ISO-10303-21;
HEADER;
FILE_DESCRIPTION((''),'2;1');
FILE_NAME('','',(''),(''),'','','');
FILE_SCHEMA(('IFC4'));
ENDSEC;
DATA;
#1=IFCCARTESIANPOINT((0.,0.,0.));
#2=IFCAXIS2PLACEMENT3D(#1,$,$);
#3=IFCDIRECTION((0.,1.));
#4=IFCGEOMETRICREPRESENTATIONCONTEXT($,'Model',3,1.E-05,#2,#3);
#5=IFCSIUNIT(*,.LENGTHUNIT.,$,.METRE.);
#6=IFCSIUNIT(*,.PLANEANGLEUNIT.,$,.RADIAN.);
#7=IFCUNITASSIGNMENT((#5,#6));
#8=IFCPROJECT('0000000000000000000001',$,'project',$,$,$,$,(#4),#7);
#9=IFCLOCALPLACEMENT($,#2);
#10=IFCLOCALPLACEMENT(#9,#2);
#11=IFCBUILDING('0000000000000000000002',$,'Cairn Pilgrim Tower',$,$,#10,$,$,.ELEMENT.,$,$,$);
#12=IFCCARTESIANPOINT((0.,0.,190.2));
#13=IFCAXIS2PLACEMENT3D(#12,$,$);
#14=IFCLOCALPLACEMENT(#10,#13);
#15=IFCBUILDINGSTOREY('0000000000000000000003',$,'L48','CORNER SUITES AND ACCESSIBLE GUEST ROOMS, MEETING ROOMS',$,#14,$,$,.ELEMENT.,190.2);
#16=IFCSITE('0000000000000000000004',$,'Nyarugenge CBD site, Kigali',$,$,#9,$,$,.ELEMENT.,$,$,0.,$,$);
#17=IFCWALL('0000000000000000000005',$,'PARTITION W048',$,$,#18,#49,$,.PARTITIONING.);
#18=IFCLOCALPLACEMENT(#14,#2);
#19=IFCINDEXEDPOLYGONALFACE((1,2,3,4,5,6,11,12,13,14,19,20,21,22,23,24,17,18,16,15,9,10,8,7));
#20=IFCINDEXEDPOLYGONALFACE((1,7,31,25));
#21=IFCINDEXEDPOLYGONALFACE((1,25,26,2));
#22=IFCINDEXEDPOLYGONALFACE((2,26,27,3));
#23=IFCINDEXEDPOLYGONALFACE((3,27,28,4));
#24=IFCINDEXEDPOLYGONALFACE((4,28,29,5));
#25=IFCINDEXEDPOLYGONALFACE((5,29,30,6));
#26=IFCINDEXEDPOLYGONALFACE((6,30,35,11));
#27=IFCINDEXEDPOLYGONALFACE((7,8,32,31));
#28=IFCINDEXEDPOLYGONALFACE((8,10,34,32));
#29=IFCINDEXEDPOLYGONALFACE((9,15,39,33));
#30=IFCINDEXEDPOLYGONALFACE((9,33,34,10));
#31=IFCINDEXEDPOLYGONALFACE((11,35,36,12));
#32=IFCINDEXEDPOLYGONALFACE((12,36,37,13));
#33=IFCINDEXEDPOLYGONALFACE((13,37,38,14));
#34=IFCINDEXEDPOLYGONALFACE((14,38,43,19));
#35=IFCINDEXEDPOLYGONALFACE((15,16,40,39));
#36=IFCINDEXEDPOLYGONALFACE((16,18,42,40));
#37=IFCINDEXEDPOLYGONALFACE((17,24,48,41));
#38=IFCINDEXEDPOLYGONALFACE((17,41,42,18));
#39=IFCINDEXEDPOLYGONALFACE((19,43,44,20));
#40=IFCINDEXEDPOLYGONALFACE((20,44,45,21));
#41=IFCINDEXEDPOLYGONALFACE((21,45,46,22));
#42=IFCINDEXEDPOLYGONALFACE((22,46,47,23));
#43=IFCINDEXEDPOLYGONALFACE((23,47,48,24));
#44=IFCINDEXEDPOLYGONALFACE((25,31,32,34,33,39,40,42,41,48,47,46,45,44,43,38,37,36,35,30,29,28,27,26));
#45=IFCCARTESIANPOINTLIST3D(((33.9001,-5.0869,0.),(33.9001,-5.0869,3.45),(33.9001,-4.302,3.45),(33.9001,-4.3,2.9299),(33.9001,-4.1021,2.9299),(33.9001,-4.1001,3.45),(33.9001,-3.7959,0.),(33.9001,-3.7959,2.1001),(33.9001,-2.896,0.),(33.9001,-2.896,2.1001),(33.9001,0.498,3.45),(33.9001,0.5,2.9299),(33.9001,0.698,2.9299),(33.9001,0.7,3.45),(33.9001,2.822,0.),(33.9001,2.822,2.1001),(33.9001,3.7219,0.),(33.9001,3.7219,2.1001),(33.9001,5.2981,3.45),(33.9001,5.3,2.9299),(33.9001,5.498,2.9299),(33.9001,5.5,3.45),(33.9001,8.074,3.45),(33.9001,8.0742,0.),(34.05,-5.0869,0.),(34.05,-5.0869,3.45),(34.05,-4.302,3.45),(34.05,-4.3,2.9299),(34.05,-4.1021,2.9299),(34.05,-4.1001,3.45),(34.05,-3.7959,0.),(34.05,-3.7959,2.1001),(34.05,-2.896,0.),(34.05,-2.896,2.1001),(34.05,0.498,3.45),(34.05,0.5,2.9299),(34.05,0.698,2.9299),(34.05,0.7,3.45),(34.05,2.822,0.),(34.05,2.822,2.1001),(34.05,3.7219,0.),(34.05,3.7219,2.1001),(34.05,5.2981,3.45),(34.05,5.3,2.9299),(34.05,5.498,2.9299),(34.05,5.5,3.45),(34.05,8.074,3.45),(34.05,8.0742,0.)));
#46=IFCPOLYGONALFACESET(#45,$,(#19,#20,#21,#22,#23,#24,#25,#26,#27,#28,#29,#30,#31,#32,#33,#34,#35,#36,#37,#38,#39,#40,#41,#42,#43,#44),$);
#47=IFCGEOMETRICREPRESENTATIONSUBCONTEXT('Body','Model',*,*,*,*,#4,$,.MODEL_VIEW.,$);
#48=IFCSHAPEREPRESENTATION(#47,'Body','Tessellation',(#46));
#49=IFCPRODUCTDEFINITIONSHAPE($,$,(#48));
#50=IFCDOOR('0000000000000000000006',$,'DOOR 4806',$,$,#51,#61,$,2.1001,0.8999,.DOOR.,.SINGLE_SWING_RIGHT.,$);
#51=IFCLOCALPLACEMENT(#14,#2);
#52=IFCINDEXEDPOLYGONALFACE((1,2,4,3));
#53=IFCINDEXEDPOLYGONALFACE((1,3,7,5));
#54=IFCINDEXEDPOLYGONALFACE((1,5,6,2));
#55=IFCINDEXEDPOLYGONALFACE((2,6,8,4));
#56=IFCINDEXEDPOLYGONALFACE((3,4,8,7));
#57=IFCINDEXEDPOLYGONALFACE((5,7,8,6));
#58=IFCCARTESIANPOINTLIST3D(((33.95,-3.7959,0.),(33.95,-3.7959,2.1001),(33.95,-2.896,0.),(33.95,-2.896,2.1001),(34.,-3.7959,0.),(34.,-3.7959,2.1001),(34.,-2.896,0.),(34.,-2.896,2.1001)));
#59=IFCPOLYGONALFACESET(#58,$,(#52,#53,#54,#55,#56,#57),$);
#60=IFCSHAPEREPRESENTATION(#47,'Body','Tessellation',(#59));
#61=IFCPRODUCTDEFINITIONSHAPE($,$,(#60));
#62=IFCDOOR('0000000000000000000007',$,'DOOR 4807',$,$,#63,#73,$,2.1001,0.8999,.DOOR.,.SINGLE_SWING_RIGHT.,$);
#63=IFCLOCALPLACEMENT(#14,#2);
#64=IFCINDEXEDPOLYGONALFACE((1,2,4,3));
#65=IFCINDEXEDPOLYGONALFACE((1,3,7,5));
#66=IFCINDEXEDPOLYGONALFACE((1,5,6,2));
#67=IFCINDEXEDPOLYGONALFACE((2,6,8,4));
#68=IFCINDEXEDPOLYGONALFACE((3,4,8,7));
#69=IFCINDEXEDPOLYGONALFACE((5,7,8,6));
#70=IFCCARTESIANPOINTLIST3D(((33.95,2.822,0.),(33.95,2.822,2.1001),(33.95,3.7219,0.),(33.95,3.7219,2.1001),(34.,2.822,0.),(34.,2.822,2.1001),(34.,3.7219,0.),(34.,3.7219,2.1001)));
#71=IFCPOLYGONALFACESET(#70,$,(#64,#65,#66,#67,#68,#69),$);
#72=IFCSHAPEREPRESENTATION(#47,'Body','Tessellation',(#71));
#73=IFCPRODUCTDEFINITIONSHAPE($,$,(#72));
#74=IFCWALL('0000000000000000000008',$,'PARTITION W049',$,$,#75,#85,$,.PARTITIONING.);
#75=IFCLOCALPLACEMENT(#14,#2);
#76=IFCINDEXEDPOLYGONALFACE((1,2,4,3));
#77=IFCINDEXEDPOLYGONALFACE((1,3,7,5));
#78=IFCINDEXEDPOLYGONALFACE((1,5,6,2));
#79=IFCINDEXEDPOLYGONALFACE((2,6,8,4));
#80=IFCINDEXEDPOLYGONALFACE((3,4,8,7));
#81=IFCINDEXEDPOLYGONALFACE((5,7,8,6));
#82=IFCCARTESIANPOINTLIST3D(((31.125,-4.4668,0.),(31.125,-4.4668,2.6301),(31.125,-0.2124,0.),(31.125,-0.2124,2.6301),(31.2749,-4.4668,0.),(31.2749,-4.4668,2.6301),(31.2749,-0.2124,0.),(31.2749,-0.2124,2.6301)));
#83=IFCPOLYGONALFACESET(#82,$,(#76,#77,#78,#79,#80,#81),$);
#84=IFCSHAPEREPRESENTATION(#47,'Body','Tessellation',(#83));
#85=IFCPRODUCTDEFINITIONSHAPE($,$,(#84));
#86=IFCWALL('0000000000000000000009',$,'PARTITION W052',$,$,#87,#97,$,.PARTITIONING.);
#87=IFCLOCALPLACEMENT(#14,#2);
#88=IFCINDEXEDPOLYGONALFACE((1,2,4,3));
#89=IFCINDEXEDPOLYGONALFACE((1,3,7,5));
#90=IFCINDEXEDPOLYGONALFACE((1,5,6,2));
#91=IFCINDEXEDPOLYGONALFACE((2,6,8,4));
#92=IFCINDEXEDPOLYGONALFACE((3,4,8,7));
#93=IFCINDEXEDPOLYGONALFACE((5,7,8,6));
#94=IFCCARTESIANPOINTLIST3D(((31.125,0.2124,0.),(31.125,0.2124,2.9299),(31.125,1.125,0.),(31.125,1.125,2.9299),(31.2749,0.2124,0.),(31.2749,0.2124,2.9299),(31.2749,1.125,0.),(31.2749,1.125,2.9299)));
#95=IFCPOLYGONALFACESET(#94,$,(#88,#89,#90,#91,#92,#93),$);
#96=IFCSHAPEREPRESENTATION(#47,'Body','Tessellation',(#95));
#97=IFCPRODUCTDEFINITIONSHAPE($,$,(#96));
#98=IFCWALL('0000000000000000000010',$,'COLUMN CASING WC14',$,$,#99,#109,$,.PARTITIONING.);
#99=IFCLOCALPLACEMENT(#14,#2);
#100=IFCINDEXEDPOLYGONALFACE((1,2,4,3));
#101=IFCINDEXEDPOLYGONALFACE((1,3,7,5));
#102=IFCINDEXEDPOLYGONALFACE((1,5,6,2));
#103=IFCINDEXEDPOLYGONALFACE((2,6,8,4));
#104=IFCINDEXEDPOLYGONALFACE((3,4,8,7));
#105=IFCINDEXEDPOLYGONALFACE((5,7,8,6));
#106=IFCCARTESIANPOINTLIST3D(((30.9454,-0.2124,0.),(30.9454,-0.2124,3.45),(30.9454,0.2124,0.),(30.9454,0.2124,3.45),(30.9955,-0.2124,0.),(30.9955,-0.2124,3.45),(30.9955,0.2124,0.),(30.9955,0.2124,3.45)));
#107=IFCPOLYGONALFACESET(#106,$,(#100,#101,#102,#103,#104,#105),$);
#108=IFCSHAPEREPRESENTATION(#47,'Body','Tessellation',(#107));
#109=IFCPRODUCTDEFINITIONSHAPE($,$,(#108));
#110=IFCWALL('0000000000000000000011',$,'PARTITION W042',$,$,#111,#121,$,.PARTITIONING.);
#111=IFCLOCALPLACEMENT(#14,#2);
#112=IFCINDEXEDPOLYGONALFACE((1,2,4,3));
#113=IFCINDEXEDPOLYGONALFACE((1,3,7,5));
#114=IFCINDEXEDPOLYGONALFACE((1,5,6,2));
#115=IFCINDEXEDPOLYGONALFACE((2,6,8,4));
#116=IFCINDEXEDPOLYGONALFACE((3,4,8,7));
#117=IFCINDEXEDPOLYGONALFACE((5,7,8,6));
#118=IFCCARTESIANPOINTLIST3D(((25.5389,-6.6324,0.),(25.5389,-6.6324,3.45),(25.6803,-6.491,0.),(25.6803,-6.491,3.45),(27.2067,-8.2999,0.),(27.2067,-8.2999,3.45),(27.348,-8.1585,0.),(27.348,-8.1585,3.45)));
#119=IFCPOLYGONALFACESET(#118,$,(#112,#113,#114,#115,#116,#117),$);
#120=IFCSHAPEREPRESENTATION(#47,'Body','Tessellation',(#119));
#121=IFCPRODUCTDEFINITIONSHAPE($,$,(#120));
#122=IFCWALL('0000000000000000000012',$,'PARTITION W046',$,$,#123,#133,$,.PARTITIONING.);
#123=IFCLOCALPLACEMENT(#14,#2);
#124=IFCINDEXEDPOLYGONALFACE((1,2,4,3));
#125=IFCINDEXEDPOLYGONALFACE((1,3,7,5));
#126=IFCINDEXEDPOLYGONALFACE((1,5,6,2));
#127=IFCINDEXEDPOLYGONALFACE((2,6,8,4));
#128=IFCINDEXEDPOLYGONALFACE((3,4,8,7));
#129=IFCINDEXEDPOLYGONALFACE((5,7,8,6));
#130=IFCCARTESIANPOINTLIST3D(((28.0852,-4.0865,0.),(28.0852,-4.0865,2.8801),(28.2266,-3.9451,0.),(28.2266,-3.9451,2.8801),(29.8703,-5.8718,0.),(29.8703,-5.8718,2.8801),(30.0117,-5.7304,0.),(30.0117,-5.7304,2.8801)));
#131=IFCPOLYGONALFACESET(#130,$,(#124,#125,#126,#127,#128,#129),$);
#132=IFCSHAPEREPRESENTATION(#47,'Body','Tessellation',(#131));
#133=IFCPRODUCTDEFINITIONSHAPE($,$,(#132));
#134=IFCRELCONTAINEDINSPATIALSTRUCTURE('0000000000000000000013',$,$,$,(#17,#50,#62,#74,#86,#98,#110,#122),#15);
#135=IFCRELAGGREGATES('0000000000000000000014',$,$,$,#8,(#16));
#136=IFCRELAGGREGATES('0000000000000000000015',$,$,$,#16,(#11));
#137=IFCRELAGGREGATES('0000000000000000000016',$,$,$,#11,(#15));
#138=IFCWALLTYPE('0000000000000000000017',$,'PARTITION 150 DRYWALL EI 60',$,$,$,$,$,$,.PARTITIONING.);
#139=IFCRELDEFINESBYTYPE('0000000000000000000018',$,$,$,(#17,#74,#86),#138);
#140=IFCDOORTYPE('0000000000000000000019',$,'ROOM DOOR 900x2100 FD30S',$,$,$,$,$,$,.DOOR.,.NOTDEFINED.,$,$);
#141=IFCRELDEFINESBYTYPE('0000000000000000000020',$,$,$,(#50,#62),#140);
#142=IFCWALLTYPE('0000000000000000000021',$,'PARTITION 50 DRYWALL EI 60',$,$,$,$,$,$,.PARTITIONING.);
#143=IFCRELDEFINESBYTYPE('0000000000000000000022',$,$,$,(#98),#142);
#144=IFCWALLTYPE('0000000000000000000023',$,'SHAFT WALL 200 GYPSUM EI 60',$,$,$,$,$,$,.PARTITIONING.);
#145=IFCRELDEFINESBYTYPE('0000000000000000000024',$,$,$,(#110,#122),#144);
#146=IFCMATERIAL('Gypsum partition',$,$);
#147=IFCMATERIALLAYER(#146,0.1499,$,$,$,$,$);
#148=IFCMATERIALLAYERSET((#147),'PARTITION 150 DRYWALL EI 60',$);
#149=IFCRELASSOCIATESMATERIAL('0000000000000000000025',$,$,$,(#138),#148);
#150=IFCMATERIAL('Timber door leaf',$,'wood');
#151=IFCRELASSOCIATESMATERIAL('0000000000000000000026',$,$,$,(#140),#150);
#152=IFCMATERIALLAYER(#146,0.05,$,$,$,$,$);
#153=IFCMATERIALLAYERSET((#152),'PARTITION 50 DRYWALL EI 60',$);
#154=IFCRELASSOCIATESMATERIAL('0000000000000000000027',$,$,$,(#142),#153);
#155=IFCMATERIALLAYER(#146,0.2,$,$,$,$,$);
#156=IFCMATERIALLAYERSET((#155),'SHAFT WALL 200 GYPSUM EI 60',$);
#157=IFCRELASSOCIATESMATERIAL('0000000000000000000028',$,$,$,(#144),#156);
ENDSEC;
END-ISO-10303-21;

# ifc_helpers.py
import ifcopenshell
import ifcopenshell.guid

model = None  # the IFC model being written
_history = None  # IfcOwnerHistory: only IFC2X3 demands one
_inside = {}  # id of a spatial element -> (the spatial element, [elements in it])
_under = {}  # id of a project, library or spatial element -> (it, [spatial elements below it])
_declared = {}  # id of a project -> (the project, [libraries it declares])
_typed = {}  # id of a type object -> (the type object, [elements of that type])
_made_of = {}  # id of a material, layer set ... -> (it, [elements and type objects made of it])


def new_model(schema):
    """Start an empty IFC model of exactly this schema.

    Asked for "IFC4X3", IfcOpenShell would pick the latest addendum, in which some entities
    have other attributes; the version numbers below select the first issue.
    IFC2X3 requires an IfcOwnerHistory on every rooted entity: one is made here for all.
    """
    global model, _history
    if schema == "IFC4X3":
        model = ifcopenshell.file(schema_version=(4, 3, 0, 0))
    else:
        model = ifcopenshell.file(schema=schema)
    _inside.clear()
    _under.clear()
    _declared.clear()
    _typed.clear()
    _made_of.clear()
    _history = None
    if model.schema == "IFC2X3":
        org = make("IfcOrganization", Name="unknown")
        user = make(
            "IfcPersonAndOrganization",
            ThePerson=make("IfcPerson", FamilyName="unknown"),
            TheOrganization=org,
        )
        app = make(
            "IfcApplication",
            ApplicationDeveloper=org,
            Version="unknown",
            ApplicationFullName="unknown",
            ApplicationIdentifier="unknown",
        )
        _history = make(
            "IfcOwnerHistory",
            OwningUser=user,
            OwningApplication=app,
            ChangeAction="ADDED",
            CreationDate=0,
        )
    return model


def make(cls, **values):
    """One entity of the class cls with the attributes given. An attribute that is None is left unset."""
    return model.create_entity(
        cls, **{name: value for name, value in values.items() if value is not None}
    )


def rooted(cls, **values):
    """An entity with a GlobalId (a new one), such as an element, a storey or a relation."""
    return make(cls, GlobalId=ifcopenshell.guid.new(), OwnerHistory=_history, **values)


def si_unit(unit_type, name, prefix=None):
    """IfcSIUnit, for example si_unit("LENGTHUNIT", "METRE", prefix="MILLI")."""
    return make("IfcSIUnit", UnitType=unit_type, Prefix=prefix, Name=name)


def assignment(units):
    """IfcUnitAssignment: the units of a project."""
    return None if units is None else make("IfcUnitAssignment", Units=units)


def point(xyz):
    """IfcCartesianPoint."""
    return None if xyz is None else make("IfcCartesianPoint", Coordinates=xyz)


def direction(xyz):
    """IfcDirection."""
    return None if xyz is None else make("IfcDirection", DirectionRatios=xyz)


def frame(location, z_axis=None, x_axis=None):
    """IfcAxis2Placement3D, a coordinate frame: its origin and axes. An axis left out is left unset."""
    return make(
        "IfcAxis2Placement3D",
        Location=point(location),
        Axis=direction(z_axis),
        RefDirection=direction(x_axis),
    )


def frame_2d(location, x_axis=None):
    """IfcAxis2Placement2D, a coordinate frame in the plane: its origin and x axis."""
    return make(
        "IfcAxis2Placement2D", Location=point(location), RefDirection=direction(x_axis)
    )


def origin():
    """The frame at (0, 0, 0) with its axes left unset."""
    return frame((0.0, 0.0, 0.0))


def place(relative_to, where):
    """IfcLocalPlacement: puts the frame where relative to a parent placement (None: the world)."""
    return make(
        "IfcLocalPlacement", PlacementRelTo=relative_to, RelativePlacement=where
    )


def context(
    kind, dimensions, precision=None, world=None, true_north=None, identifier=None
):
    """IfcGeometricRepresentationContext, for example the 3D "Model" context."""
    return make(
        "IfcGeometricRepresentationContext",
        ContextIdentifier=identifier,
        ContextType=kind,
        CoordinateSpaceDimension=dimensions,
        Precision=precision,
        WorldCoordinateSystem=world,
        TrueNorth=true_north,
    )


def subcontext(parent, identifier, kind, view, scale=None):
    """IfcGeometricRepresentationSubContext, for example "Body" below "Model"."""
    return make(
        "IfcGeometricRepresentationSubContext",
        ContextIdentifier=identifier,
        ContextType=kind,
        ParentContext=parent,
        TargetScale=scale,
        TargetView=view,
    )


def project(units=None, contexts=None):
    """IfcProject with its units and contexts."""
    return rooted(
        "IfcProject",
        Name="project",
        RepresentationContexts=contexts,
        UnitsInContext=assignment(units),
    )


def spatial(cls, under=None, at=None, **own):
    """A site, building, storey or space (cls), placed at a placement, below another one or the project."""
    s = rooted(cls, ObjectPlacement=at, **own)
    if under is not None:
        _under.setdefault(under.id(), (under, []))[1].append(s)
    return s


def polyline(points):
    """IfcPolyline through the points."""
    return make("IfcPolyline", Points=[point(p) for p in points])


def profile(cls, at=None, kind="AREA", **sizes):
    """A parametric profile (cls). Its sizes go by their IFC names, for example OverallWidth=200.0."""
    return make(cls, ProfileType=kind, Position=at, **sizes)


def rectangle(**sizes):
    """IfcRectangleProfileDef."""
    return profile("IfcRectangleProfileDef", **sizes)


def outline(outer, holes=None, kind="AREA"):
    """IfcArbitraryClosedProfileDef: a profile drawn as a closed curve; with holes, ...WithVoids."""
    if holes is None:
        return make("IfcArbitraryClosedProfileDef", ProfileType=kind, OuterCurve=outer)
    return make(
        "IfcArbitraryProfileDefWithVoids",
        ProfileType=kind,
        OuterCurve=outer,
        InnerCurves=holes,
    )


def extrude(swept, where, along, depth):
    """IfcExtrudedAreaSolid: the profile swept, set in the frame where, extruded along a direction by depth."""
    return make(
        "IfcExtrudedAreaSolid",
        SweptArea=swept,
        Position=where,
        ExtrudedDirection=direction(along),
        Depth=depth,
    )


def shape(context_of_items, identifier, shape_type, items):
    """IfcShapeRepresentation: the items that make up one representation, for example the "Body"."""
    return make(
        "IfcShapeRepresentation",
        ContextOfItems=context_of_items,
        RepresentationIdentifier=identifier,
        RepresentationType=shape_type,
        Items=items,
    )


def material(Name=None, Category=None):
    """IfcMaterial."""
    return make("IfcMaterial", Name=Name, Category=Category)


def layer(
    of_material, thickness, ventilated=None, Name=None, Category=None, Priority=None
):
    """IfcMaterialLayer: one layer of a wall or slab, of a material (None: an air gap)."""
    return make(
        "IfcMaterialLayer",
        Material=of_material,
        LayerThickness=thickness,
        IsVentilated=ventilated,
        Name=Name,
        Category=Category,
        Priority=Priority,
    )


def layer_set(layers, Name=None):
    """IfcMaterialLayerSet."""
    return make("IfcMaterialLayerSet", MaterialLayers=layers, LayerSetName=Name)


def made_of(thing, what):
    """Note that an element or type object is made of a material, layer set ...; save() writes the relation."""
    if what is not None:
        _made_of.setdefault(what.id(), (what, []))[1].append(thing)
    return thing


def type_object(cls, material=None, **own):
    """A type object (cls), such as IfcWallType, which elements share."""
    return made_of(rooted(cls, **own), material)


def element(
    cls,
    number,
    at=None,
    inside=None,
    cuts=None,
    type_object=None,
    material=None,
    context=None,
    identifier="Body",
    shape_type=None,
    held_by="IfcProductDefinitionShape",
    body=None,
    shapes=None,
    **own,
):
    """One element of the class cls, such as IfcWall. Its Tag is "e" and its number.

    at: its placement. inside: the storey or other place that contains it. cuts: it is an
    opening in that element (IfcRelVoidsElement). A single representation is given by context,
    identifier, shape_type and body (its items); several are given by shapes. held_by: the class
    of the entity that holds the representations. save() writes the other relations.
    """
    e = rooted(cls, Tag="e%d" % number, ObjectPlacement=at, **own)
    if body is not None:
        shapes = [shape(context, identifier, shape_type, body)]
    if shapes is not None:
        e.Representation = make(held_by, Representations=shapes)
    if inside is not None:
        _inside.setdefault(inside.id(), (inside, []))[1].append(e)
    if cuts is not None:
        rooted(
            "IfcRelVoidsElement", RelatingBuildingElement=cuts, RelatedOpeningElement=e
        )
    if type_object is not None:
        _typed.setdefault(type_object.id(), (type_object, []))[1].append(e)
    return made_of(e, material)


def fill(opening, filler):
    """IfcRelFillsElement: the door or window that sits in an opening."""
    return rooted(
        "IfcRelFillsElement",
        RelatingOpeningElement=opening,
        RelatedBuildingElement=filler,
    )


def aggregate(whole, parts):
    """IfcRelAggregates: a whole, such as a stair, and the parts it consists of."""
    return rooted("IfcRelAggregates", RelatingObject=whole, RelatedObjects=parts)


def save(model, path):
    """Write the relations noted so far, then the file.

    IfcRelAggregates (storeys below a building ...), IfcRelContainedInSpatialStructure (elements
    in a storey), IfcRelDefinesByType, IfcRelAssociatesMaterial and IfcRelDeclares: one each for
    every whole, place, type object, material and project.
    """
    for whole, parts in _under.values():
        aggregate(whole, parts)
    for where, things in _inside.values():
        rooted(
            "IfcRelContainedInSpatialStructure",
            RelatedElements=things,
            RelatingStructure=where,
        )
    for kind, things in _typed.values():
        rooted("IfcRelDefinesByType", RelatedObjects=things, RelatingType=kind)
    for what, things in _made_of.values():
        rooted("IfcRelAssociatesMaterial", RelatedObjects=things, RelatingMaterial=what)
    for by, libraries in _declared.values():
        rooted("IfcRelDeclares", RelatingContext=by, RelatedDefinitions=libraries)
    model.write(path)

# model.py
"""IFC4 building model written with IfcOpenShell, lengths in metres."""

from ifc_helpers import new_model, si_unit, direction, frame, frame_2d, origin, place, context, subcontext, project, spatial, polyline, rectangle, outline, extrude, material, layer, layer_set, type_object, element, fill, save


model = new_model("IFC4")

# Units and contexts
model_context = context("Model", 3, precision=1e-05, world=origin(), true_north=direction((0.0, 1.0)))
body_context = subcontext(model_context, "Body", "Model", "MODEL_VIEW")
ifc_project = project(units=[si_unit("LENGTHUNIT", "METRE"), si_unit("PLANEANGLEUNIT", "RADIAN")], contexts=[model_context])

# Site, building, storey
site_placement = place(None, origin())
site = spatial("IfcSite", under=ifc_project, at=site_placement, Name="Nyarugenge CBD site, Kigali", CompositionType="ELEMENT", RefElevation=0.0)
building_placement = place(site_placement, origin())
building = spatial("IfcBuilding", under=site, at=building_placement, Name="Cairn Pilgrim Tower", CompositionType="ELEMENT")
storey_placement = place(building_placement, frame((0.0, 0.0, 190.2)))
storey = spatial("IfcBuildingStorey", under=building, at=storey_placement, Name="L48", Description="CORNER SUITES AND ACCESSIBLE GUEST ROOMS, MEETING ROOMS", CompositionType="ELEMENT", Elevation=190.2)

# Shared definitions
ifc_material_1 = material(Name="Gypsum partition")
ifc_layer_1 = layer(ifc_material_1, 0.1499)
ifc_layer_set_1 = layer_set([ifc_layer_1], Name="PARTITION 150 DRYWALL EI 60")
wall_type_1 = type_object("IfcWallType", Name="PARTITION 150 DRYWALL EI 60", PredefinedType="PARTITIONING", material=ifc_layer_set_1)
ifc_material_2 = material(Name="Timber door leaf", Category="wood")

# Wall, openings, doors
wall_1_placement = place(storey_placement, frame((33.9751, -5.0869, 0.0), z_axis=(0.0, 0.0, 1.0), x_axis=(0.0, 1.0, 0.0)))
wall_1 = element("IfcWall", 1, at=wall_1_placement, inside=storey, type_object=wall_type_1, Name="PARTITION W048", PredefinedType="PARTITIONING", context=body_context, shape_type="SweptSolid", body=[
    extrude(outline(polyline([(0.0, 0.0), (13.1611, 0.0), (13.1609, 3.45), (10.5869, 3.45), (10.585, 2.9299), (10.387, 2.9299), (10.385, 3.45), (5.7869, 3.45), (5.7849, 2.9299), (5.5869, 2.9299), (5.585, 3.45), (0.9868, 3.45), (0.9849, 2.9299), (0.7869, 2.9299), (0.7849, 3.45), (0.0, 3.45), (0.0, 0.0)])), frame((0.0, 0.075, 0.0), z_axis=(0.0, -1.0, 0.0), x_axis=(1.0, 0.0, 0.0)), (0.0, 0.0, 1.0), 0.1499),
])
opening_1_placement = place(wall_1_placement, frame((1.291, 0.0, 0.0)))
opening_1 = element("IfcOpeningElement", 2, at=opening_1_placement, cuts=wall_1, PredefinedType="OPENING", context=body_context, shape_type="SweptSolid", body=[
    extrude(rectangle(XDim=0.8999, YDim=2.1001, at=frame_2d((0.45, 1.05))), frame((0.0, 0.085, 0.0), z_axis=(0.0, -1.0, 0.0), x_axis=(1.0, 0.0, 0.0)), (0.0, 0.0, 1.0), 0.1699),
])
opening_2_placement = place(wall_1_placement, frame((7.9089, 0.0, 0.0)))
opening_2 = element("IfcOpeningElement", 3, at=opening_2_placement, cuts=wall_1, PredefinedType="OPENING", context=body_context, shape_type="SweptSolid", body=[
    extrude(rectangle(XDim=0.8999, YDim=2.1001, at=frame_2d((0.45, 1.05))), frame((0.0, 0.085, 0.0), z_axis=(0.0, -1.0, 0.0), x_axis=(1.0, 0.0, 0.0)), (0.0, 0.0, 1.0), 0.1699),
])
door_type_1 = type_object("IfcDoorType", Name="ROOM DOOR 900x2100 FD30S", OperationType="NOTDEFINED", PredefinedType="DOOR", material=ifc_material_2)
door_1_placement = place(opening_1_placement, frame((0.8999, 0.0, 0.0), z_axis=(0.0, 0.0, 1.0), x_axis=(-1.0, 0.0, 0.0)))
door_1 = element("IfcDoor", 4, at=door_1_placement, inside=storey, type_object=door_type_1, Name="DOOR 4806", OperationType="SINGLE_SWING_RIGHT", OverallHeight=2.1001, OverallWidth=0.8999, PredefinedType="DOOR", context=body_context, shape_type="SweptSolid", body=[
    extrude(rectangle(XDim=0.8999, YDim=2.1001, at=frame_2d((0.45, 1.05))), frame((0.0, 0.0249, 0.0), z_axis=(0.0, -1.0, 0.0), x_axis=(1.0, 0.0, 0.0)), (0.0, 0.0, 1.0), 0.05),
])
fill(opening_1, door_1)
door_2_placement = place(opening_2_placement, frame((0.8999, 0.0, 0.0), z_axis=(0.0, 0.0, 1.0), x_axis=(-1.0, 0.0, 0.0)))
door_2 = element("IfcDoor", 5, at=door_2_placement, inside=storey, type_object=door_type_1, Name="DOOR 4807", OperationType="SINGLE_SWING_RIGHT", OverallHeight=2.1001, OverallWidth=0.8999, PredefinedType="DOOR", context=body_context, shape_type="SweptSolid", body=[
    extrude(rectangle(XDim=0.8999, YDim=2.1001, at=frame_2d((0.45, 1.05))), frame((0.0, 0.0249, 0.0), z_axis=(0.0, -1.0, 0.0), x_axis=(1.0, 0.0, 0.0)), (0.0, 0.0, 1.0), 0.05),
])
fill(opening_2, door_2)

# Walls
wall_2_placement = place(storey_placement, frame((31.2, -4.4668, 0.0), z_axis=(0.0, 0.0, 1.0), x_axis=(0.0, 1.0, 0.0)))
element("IfcWall", 6, at=wall_2_placement, inside=storey, type_object=wall_type_1, Name="PARTITION W049", PredefinedType="PARTITIONING", context=body_context, shape_type="SweptSolid", body=[
    extrude(rectangle(XDim=4.2544, YDim=0.1499, at=frame_2d((2.1272, 0.0))), origin(), (0.0, 0.0, 1.0), 2.6301),
])
wall_3_placement = place(storey_placement, frame((31.2, 0.2124, 0.0), z_axis=(0.0, 0.0, 1.0), x_axis=(0.0, 1.0, 0.0)))
element("IfcWall", 7, at=wall_3_placement, inside=storey, type_object=wall_type_1, Name="PARTITION W052", PredefinedType="PARTITIONING", context=body_context, shape_type="SweptSolid", body=[
    extrude(rectangle(XDim=0.9126, YDim=0.1499, at=frame_2d((0.4563, 0.0))), origin(), (0.0, 0.0, 1.0), 2.9299),
])
ifc_layer_2 = layer(ifc_material_1, 0.05)
ifc_layer_set_2 = layer_set([ifc_layer_2], Name="PARTITION 50 DRYWALL EI 60")
wall_type_2 = type_object("IfcWallType", Name="PARTITION 50 DRYWALL EI 60", PredefinedType="PARTITIONING", material=ifc_layer_set_2)
wall_4_placement = place(storey_placement, frame((30.9705, -0.2124, 0.0), z_axis=(0.0, 0.0, 1.0), x_axis=(0.0, 1.0, 0.0)))
element("IfcWall", 8, at=wall_4_placement, inside=storey, type_object=wall_type_2, Name="COLUMN CASING WC14", PredefinedType="PARTITIONING", context=body_context, shape_type="SweptSolid", body=[
    extrude(rectangle(XDim=0.4248, YDim=0.05, at=frame_2d((0.2124, 0.0))), origin(), (0.0, 0.0, 1.0), 3.45),
])
ifc_layer_3 = layer(ifc_material_1, 0.2)
ifc_layer_set_3 = layer_set([ifc_layer_3], Name="SHAFT WALL 200 GYPSUM EI 60")
wall_type_3 = type_object("IfcWallType", Name="SHAFT WALL 200 GYPSUM EI 60", PredefinedType="PARTITIONING", material=ifc_layer_set_3)
wall_5_placement = place(storey_placement, frame((27.2773, -8.2292, 0.0), z_axis=(0.0, 0.0, 1.0), x_axis=(-0.707159, 0.707055, 0.0)))
element("IfcWall", 9, at=wall_5_placement, inside=storey, type_object=wall_type_3, Name="PARTITION W042", PredefinedType="PARTITIONING", context=body_context, shape_type="SweptSolid", body=[
    extrude(rectangle(XDim=2.3584, YDim=0.2, at=frame_2d((1.1792, 0.0))), origin(), (0.0, 0.0, 1.0), 3.45),
])
wall_6_placement = place(storey_placement, frame((29.9409, -5.801, 0.0), z_axis=(0.0, 0.0, 1.0), x_axis=(-0.707058, 0.707155, 0.0)))
element("IfcWall", 10, at=wall_6_placement, inside=storey, type_object=wall_type_3, Name="PARTITION W046", PredefinedType="PARTITIONING", context=body_context, shape_type="SweptSolid", body=[
    extrude(rectangle(XDim=2.5247, YDim=0.2, at=frame_2d((1.2622, 0.0))), origin(), (0.0, 0.0, 1.0), 2.8801),
])

save(model, "model.ifc")
